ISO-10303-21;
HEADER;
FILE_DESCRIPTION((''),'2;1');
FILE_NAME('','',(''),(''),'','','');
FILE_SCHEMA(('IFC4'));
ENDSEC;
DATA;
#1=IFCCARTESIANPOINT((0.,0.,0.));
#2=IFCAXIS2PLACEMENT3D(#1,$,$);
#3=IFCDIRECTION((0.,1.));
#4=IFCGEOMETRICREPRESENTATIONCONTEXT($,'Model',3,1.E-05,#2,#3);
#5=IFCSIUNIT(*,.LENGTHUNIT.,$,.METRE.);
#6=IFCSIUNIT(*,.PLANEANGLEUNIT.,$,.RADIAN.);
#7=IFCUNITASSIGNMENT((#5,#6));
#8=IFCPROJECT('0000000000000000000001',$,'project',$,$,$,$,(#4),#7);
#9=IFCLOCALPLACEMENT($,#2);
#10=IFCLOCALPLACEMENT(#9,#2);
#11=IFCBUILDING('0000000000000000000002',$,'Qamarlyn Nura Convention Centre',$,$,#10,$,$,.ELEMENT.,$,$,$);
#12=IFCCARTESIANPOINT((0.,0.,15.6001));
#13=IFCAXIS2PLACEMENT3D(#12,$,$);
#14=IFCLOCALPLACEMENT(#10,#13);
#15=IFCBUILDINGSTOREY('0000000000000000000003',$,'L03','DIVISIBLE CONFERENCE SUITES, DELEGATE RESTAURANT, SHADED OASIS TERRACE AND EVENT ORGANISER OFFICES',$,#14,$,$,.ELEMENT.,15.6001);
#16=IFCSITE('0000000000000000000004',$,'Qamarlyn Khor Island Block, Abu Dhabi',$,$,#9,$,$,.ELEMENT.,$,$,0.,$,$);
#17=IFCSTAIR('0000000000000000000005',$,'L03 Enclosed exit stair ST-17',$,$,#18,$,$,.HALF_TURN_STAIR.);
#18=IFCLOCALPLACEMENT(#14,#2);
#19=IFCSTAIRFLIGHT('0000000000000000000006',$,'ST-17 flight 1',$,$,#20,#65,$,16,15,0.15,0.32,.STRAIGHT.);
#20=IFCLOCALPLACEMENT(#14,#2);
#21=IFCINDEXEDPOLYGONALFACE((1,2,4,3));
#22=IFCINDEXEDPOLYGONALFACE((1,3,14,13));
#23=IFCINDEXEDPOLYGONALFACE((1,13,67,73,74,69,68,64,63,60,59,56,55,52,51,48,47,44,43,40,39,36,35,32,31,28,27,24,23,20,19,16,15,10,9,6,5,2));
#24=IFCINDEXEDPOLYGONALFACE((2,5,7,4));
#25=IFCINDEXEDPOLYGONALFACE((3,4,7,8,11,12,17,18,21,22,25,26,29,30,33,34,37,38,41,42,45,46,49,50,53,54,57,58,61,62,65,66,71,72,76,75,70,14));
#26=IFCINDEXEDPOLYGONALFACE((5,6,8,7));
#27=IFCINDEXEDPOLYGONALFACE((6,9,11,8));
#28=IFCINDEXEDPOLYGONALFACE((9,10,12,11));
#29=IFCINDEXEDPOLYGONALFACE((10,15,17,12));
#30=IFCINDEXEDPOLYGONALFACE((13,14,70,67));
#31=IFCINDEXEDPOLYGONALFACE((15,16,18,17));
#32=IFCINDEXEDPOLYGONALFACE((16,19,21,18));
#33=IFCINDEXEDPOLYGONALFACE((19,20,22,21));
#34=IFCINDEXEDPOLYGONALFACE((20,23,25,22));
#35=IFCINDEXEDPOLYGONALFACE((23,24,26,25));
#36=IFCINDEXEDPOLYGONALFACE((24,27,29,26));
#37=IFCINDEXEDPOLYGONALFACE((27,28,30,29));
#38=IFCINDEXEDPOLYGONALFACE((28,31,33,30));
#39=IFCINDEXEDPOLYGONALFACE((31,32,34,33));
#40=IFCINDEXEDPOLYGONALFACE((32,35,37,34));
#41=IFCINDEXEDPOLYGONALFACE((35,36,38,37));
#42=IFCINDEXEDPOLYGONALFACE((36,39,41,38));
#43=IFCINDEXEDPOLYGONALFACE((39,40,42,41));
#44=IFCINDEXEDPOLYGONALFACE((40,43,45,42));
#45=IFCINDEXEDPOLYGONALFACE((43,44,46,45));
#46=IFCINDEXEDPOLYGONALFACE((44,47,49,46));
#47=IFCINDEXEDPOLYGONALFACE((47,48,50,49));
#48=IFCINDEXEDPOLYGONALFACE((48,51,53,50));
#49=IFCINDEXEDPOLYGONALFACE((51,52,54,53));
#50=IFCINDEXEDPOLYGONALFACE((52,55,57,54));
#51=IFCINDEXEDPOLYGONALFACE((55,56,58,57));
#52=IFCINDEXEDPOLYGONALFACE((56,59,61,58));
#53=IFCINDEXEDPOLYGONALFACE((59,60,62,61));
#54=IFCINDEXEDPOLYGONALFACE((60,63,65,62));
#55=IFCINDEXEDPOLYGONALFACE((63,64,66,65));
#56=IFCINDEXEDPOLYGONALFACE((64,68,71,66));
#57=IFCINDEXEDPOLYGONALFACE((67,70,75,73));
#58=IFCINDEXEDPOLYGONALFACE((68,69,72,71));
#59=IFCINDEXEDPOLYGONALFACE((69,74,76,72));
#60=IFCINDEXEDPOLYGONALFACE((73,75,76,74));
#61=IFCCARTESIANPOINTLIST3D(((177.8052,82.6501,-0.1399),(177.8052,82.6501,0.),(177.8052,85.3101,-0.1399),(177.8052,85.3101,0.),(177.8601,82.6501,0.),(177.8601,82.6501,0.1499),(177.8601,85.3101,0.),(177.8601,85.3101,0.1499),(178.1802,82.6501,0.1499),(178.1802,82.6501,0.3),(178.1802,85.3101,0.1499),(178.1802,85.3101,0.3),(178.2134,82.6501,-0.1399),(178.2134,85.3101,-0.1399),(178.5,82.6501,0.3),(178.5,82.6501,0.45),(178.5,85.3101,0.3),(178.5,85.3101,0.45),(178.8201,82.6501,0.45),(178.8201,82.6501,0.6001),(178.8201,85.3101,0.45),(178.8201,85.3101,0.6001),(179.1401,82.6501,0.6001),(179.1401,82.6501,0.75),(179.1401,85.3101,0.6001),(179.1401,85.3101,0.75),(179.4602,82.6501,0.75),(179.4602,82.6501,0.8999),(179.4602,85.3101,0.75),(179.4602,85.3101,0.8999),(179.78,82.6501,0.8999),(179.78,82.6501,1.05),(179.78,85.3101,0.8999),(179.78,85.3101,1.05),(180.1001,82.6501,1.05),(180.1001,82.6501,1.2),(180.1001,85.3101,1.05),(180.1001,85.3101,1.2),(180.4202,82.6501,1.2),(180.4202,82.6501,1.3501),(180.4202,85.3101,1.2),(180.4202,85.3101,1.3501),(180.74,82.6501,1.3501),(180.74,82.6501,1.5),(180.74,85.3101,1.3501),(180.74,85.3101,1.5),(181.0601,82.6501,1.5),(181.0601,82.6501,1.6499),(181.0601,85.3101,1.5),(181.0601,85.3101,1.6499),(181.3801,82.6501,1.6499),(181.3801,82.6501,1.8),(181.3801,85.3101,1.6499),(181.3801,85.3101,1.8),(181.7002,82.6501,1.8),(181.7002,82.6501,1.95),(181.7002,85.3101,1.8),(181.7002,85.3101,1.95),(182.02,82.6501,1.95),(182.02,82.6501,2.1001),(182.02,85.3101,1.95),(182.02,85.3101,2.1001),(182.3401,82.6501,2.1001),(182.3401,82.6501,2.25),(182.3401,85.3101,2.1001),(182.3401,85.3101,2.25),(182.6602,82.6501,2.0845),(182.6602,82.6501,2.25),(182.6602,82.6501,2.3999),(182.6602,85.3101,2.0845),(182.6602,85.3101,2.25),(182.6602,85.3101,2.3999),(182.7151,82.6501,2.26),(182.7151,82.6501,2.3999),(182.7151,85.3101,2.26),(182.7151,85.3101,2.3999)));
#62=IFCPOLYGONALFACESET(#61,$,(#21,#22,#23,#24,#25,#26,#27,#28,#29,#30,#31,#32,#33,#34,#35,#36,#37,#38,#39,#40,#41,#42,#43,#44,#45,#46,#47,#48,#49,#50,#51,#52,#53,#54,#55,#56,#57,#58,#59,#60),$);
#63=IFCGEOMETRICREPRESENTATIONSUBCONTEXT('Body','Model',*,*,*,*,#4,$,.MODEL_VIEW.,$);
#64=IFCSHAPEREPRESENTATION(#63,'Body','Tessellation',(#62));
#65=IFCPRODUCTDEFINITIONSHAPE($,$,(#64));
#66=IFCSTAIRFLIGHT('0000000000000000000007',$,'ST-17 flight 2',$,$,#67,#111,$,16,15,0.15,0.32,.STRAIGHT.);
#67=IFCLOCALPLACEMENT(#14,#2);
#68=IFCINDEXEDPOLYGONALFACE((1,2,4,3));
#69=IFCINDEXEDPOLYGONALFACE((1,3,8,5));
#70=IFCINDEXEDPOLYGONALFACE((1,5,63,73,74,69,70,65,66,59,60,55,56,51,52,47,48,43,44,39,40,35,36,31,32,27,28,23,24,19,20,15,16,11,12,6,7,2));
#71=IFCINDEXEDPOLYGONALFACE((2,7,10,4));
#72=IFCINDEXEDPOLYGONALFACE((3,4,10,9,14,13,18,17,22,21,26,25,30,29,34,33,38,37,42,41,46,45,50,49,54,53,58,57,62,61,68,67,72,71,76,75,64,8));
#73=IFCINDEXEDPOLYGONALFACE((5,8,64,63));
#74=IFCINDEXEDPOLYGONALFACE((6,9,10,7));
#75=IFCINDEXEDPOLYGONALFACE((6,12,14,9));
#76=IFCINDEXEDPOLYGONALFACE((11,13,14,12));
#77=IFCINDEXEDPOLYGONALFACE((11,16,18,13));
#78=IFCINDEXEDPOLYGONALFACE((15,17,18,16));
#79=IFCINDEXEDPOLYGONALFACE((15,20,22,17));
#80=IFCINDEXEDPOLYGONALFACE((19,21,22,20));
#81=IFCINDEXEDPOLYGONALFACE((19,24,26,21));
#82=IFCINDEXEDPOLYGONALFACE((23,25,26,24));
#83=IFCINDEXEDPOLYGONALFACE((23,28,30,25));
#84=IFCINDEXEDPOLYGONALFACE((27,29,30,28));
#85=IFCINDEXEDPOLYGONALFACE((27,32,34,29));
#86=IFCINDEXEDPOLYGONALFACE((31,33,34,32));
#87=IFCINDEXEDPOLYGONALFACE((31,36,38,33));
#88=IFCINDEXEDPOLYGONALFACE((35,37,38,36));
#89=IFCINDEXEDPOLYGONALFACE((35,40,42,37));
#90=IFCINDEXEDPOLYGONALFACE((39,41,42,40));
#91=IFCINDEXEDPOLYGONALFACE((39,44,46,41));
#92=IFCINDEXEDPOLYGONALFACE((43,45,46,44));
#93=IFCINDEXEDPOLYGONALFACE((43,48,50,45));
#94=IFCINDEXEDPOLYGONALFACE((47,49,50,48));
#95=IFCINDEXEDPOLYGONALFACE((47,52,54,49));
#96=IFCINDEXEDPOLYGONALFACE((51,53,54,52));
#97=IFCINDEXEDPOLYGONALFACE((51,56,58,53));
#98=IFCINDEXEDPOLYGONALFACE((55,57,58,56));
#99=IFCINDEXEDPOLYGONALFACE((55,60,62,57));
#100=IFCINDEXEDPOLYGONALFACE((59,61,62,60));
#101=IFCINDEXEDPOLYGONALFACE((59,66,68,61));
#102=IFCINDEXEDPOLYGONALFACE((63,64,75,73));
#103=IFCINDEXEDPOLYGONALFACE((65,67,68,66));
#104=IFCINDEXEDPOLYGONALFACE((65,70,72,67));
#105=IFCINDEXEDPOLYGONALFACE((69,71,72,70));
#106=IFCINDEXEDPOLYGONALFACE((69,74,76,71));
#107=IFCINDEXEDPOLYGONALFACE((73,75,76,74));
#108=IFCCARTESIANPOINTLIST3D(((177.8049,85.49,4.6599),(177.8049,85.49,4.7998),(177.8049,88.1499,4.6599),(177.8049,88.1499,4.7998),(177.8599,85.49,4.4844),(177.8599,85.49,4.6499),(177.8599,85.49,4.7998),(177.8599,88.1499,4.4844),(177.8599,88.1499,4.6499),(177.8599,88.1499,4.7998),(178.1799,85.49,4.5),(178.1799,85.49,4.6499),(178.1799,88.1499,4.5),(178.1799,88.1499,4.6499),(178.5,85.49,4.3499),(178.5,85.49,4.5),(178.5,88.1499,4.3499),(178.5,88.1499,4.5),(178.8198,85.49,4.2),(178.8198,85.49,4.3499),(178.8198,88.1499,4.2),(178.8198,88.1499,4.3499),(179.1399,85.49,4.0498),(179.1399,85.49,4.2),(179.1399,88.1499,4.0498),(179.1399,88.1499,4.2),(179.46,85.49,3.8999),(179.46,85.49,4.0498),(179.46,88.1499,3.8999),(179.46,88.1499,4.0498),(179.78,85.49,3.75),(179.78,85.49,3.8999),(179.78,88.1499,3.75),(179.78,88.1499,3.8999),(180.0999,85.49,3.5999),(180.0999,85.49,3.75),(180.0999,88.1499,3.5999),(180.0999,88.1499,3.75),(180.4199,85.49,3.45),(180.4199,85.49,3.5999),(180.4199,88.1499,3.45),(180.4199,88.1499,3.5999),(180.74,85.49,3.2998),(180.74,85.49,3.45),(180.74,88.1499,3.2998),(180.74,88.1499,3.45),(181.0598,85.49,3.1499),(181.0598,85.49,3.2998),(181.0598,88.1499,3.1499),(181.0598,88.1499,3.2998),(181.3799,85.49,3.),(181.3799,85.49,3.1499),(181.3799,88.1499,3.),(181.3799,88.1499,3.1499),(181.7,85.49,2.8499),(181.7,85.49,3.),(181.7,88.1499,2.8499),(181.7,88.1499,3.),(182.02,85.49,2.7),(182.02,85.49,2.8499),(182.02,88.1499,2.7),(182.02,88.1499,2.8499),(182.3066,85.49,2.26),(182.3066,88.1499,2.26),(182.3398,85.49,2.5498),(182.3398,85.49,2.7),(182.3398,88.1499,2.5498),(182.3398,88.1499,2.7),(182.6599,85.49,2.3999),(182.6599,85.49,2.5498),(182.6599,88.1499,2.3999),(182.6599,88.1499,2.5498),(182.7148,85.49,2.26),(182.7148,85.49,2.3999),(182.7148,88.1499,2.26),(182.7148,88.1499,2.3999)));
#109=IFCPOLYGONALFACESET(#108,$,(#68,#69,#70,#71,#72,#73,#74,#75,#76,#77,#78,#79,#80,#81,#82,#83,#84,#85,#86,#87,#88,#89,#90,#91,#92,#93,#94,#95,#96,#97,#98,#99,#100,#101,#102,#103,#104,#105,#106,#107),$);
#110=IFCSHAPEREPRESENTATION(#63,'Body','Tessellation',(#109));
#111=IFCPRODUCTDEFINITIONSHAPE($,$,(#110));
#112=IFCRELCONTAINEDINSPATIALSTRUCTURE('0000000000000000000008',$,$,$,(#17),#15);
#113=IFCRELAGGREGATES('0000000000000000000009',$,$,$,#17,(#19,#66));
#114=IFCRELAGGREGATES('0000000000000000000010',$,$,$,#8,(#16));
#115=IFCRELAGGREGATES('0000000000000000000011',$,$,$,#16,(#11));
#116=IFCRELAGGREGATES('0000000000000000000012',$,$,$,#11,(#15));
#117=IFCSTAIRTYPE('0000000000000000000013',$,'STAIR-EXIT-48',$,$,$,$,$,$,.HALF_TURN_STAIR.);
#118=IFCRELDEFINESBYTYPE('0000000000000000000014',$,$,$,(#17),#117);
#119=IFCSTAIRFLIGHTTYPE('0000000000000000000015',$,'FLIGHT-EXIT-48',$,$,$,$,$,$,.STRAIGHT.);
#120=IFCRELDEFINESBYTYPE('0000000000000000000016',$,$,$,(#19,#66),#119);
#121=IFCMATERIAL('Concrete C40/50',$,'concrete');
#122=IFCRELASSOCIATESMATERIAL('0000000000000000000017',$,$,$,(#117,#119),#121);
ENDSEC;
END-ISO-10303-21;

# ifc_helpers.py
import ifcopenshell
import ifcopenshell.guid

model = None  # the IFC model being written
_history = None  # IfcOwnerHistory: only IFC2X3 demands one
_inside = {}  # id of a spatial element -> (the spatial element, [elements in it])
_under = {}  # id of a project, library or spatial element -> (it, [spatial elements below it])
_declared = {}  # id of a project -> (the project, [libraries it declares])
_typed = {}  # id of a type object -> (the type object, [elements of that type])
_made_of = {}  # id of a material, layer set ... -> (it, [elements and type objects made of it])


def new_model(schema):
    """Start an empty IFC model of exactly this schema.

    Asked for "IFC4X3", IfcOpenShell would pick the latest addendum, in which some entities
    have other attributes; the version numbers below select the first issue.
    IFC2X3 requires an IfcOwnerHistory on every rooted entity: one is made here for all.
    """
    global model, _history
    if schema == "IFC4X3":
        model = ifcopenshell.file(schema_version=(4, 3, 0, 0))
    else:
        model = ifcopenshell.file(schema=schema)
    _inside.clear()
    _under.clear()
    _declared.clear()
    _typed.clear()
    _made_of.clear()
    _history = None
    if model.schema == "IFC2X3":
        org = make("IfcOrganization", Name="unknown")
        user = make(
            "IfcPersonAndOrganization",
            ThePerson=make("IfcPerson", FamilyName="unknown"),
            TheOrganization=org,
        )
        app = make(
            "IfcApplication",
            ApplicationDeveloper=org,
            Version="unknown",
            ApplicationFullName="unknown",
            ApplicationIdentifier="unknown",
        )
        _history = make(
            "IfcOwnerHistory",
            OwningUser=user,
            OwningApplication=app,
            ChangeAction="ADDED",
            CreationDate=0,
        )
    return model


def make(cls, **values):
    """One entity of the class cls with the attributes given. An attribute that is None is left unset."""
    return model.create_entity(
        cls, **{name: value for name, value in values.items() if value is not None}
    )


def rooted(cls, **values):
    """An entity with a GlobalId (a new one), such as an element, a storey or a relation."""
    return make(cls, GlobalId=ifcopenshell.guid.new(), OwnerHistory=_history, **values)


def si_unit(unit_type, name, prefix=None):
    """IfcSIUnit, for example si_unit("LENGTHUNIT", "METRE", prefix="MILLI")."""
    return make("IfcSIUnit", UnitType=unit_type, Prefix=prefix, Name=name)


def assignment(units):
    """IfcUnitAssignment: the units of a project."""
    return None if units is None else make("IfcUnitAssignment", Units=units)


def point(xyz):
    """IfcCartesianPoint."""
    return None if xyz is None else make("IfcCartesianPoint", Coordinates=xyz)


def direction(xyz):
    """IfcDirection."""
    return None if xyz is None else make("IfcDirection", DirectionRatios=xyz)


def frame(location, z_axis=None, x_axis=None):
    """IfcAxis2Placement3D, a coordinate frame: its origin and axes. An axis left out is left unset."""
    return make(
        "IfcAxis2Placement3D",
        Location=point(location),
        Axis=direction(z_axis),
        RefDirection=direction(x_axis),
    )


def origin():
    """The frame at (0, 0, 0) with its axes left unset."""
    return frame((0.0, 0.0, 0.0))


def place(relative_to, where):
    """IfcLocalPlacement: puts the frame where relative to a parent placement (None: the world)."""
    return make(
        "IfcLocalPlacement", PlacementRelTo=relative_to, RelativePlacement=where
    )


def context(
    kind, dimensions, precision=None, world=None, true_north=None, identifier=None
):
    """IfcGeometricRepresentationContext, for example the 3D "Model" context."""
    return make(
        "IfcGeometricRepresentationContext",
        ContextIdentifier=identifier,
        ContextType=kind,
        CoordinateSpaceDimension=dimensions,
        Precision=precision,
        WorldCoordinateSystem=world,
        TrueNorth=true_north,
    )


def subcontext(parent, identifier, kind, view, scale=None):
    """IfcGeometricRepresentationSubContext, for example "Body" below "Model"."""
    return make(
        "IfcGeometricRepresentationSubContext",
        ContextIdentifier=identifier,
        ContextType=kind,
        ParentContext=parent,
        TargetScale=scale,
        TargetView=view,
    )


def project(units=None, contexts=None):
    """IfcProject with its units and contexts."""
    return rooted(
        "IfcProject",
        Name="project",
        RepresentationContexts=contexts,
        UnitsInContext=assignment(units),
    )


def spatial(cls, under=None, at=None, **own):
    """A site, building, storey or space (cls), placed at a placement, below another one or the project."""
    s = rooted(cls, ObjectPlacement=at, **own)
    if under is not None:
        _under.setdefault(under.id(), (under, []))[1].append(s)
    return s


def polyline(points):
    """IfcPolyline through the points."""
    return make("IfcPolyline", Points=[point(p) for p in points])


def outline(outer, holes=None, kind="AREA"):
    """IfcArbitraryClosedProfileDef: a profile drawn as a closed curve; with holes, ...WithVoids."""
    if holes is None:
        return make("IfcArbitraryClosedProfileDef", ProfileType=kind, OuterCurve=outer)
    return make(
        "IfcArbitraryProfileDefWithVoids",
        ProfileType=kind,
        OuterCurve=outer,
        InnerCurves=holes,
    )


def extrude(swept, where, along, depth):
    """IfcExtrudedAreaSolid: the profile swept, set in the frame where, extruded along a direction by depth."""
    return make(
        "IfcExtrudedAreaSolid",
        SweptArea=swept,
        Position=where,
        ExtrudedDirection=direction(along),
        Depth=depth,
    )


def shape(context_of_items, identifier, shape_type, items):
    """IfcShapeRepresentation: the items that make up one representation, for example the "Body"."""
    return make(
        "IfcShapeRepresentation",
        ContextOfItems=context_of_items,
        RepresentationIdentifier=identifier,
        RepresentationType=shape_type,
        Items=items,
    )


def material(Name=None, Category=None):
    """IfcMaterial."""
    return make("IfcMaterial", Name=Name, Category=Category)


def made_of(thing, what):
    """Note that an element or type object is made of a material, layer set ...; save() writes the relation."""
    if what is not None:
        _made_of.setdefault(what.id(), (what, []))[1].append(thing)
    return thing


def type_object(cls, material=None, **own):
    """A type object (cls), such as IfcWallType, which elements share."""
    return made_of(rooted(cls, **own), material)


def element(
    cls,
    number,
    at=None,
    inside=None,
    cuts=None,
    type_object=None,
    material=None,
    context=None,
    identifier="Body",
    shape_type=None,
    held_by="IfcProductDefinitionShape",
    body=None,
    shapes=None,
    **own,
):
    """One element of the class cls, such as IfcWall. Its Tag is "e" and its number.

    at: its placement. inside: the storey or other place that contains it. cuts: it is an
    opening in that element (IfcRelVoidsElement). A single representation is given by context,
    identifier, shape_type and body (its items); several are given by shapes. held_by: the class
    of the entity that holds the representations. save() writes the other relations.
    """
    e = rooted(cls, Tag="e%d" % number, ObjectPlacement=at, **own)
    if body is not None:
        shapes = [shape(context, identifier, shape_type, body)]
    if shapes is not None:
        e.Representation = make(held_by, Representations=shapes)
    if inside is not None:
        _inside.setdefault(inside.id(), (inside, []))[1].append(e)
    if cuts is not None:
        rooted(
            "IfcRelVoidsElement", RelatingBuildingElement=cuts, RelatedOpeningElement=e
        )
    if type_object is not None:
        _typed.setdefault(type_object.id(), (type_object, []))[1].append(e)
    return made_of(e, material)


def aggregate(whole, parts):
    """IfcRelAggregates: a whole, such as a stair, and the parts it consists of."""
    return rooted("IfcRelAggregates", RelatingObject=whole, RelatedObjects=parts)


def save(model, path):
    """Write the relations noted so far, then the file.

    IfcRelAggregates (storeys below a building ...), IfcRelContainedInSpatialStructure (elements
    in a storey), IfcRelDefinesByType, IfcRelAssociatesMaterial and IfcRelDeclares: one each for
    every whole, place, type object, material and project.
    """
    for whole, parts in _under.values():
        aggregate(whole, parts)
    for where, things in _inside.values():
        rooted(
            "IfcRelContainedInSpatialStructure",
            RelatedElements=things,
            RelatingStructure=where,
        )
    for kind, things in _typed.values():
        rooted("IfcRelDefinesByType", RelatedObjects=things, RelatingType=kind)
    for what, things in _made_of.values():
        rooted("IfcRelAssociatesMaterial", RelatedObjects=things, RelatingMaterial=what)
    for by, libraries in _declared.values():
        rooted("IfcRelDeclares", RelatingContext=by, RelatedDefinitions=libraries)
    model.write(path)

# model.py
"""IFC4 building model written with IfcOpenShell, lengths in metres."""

from ifc_helpers import new_model, si_unit, direction, frame, origin, place, context, subcontext, project, spatial, polyline, outline, extrude, material, type_object, element, aggregate, save


model = new_model("IFC4")

# Units and contexts
model_context = context("Model", 3, precision=1e-05, world=origin(), true_north=direction((0.0, 1.0)))
body_context = subcontext(model_context, "Body", "Model", "MODEL_VIEW")
ifc_project = project(units=[si_unit("LENGTHUNIT", "METRE"), si_unit("PLANEANGLEUNIT", "RADIAN")], contexts=[model_context])

# Site, building, storey
site_placement = place(None, origin())
site = spatial("IfcSite", under=ifc_project, at=site_placement, Name="Qamarlyn Khor Island Block, Abu Dhabi", CompositionType="ELEMENT", RefElevation=0.0)
building_placement = place(site_placement, origin())
building = spatial("IfcBuilding", under=site, at=building_placement, Name="Qamarlyn Nura Convention Centre", CompositionType="ELEMENT")
storey_placement = place(building_placement, frame((0.0, 0.0, 15.6001)))
storey = spatial("IfcBuildingStorey", under=building, at=storey_placement, Name="L03", Description="DIVISIBLE CONFERENCE SUITES, DELEGATE RESTAURANT, SHADED OASIS TERRACE AND EVENT ORGANISER OFFICES", CompositionType="ELEMENT", Elevation=15.6001)

# Stair, stair flights
ifc_material_1 = material(Name="Concrete C40/50", Category="concrete")
stair_type = type_object("IfcStairType", Name="STAIR-EXIT-48", PredefinedType="HALF_TURN_STAIR", material=ifc_material_1)
stair_placement = place(storey_placement, origin())
stair = element("IfcStair", 1, at=stair_placement, inside=storey, type_object=stair_type, Name="L03 Enclosed exit stair ST-17", PredefinedType="HALF_TURN_STAIR")
stair_flight_type = type_object("IfcStairFlightType", Name="FLIGHT-EXIT-48", PredefinedType="STRAIGHT", material=ifc_material_1)
stair_flight_1_placement = place(storey_placement, frame((177.8601, 83.98, 0.0), z_axis=(0.0, 0.0, 1.0), x_axis=(1.0, 0.0, 0.0)))
stair_flight_1 = element("IfcStairFlight", 2, at=stair_flight_1_placement, type_object=stair_flight_type, Name="ST-17 flight 1", NumberOfRisers=16, NumberOfTreads=15, PredefinedType="STRAIGHT", RiserHeight=0.15, TreadLength=0.32, context=body_context, shape_type="SweptSolid", body=[
    extrude(outline(polyline([(-0.0549, 0.0), (0.0, 0.0), (0.0, 0.1499), (0.3201, 0.1499), (0.3201, 0.3), (0.6399, 0.3), (0.6399, 0.45), (0.96, 0.45), (0.96, 0.6001), (1.28, 0.6001), (1.28, 0.75), (1.6001, 0.75), (1.6001, 0.8999), (1.9199, 0.8999), (1.9199, 1.05), (2.24, 1.05), (2.24, 1.2), (2.5601, 1.2), (2.5601, 1.3501), (2.8799, 1.3501), (2.8799, 1.5), (3.2, 1.5), (3.2, 1.6499), (3.52, 1.6499), (3.52, 1.8), (3.8401, 1.8), (3.8401, 1.95), (4.1599, 1.95), (4.1599, 2.1001), (4.48, 2.1001), (4.48, 2.25), (4.8, 2.25), (4.8, 2.3999), (4.855, 2.3999), (4.855, 2.26), (4.8, 2.0845), (0.3533, -0.1399), (-0.0549, -0.1399), (-0.0549, 0.0)])), frame((0.0, 1.3301, 0.0), z_axis=(0.0, -1.0, 0.0), x_axis=(1.0, 0.0, 0.0)), (0.0, 0.0, 1.0), 2.6599),
])
stair_flight_2_placement = place(storey_placement, frame((182.6599, 86.8201, 2.3999), z_axis=(0.0, 0.0, 1.0), x_axis=(-1.0, 0.0, 0.0)))
stair_flight_2 = element("IfcStairFlight", 3, at=stair_flight_2_placement, type_object=stair_flight_type, Name="ST-17 flight 2", NumberOfRisers=16, NumberOfTreads=15, PredefinedType="STRAIGHT", RiserHeight=0.15, TreadLength=0.32, context=body_context, shape_type="SweptSolid", body=[
    extrude(outline(polyline([(-0.0549, 0.0), (0.0, 0.0), (0.0, 0.1499), (0.3201, 0.1499), (0.3201, 0.3), (0.6399, 0.3), (0.6399, 0.45), (0.96, 0.45), (0.96, 0.6001), (1.28, 0.6001), (1.28, 0.75), (1.6001, 0.75), (1.6001, 0.8999), (1.9199, 0.8999), (1.9199, 1.05), (2.24, 1.05), (2.24, 1.2), (2.5601, 1.2), (2.5601, 1.3501), (2.8799, 1.3501), (2.8799, 1.5), (3.2, 1.5), (3.2, 1.6499), (3.52, 1.6499), (3.52, 1.8), (3.8401, 1.8), (3.8401, 1.95), (4.1599, 1.95), (4.1599, 2.1001), (4.48, 2.1001), (4.48, 2.25), (4.8, 2.25), (4.8, 2.3999), (4.855, 2.3999), (4.855, 2.26), (4.8, 2.0845), (0.3533, -0.1399), (-0.0549, -0.1399), (-0.0549, 0.0)])), frame((0.0, 1.3301, 0.0), z_axis=(0.0, -1.0, 0.0), x_axis=(1.0, 0.0, 0.0)), (0.0, 0.0, 1.0), 2.6599),
])
aggregate(stair, [stair_flight_1, stair_flight_2])

save(model, "model.ifc")
